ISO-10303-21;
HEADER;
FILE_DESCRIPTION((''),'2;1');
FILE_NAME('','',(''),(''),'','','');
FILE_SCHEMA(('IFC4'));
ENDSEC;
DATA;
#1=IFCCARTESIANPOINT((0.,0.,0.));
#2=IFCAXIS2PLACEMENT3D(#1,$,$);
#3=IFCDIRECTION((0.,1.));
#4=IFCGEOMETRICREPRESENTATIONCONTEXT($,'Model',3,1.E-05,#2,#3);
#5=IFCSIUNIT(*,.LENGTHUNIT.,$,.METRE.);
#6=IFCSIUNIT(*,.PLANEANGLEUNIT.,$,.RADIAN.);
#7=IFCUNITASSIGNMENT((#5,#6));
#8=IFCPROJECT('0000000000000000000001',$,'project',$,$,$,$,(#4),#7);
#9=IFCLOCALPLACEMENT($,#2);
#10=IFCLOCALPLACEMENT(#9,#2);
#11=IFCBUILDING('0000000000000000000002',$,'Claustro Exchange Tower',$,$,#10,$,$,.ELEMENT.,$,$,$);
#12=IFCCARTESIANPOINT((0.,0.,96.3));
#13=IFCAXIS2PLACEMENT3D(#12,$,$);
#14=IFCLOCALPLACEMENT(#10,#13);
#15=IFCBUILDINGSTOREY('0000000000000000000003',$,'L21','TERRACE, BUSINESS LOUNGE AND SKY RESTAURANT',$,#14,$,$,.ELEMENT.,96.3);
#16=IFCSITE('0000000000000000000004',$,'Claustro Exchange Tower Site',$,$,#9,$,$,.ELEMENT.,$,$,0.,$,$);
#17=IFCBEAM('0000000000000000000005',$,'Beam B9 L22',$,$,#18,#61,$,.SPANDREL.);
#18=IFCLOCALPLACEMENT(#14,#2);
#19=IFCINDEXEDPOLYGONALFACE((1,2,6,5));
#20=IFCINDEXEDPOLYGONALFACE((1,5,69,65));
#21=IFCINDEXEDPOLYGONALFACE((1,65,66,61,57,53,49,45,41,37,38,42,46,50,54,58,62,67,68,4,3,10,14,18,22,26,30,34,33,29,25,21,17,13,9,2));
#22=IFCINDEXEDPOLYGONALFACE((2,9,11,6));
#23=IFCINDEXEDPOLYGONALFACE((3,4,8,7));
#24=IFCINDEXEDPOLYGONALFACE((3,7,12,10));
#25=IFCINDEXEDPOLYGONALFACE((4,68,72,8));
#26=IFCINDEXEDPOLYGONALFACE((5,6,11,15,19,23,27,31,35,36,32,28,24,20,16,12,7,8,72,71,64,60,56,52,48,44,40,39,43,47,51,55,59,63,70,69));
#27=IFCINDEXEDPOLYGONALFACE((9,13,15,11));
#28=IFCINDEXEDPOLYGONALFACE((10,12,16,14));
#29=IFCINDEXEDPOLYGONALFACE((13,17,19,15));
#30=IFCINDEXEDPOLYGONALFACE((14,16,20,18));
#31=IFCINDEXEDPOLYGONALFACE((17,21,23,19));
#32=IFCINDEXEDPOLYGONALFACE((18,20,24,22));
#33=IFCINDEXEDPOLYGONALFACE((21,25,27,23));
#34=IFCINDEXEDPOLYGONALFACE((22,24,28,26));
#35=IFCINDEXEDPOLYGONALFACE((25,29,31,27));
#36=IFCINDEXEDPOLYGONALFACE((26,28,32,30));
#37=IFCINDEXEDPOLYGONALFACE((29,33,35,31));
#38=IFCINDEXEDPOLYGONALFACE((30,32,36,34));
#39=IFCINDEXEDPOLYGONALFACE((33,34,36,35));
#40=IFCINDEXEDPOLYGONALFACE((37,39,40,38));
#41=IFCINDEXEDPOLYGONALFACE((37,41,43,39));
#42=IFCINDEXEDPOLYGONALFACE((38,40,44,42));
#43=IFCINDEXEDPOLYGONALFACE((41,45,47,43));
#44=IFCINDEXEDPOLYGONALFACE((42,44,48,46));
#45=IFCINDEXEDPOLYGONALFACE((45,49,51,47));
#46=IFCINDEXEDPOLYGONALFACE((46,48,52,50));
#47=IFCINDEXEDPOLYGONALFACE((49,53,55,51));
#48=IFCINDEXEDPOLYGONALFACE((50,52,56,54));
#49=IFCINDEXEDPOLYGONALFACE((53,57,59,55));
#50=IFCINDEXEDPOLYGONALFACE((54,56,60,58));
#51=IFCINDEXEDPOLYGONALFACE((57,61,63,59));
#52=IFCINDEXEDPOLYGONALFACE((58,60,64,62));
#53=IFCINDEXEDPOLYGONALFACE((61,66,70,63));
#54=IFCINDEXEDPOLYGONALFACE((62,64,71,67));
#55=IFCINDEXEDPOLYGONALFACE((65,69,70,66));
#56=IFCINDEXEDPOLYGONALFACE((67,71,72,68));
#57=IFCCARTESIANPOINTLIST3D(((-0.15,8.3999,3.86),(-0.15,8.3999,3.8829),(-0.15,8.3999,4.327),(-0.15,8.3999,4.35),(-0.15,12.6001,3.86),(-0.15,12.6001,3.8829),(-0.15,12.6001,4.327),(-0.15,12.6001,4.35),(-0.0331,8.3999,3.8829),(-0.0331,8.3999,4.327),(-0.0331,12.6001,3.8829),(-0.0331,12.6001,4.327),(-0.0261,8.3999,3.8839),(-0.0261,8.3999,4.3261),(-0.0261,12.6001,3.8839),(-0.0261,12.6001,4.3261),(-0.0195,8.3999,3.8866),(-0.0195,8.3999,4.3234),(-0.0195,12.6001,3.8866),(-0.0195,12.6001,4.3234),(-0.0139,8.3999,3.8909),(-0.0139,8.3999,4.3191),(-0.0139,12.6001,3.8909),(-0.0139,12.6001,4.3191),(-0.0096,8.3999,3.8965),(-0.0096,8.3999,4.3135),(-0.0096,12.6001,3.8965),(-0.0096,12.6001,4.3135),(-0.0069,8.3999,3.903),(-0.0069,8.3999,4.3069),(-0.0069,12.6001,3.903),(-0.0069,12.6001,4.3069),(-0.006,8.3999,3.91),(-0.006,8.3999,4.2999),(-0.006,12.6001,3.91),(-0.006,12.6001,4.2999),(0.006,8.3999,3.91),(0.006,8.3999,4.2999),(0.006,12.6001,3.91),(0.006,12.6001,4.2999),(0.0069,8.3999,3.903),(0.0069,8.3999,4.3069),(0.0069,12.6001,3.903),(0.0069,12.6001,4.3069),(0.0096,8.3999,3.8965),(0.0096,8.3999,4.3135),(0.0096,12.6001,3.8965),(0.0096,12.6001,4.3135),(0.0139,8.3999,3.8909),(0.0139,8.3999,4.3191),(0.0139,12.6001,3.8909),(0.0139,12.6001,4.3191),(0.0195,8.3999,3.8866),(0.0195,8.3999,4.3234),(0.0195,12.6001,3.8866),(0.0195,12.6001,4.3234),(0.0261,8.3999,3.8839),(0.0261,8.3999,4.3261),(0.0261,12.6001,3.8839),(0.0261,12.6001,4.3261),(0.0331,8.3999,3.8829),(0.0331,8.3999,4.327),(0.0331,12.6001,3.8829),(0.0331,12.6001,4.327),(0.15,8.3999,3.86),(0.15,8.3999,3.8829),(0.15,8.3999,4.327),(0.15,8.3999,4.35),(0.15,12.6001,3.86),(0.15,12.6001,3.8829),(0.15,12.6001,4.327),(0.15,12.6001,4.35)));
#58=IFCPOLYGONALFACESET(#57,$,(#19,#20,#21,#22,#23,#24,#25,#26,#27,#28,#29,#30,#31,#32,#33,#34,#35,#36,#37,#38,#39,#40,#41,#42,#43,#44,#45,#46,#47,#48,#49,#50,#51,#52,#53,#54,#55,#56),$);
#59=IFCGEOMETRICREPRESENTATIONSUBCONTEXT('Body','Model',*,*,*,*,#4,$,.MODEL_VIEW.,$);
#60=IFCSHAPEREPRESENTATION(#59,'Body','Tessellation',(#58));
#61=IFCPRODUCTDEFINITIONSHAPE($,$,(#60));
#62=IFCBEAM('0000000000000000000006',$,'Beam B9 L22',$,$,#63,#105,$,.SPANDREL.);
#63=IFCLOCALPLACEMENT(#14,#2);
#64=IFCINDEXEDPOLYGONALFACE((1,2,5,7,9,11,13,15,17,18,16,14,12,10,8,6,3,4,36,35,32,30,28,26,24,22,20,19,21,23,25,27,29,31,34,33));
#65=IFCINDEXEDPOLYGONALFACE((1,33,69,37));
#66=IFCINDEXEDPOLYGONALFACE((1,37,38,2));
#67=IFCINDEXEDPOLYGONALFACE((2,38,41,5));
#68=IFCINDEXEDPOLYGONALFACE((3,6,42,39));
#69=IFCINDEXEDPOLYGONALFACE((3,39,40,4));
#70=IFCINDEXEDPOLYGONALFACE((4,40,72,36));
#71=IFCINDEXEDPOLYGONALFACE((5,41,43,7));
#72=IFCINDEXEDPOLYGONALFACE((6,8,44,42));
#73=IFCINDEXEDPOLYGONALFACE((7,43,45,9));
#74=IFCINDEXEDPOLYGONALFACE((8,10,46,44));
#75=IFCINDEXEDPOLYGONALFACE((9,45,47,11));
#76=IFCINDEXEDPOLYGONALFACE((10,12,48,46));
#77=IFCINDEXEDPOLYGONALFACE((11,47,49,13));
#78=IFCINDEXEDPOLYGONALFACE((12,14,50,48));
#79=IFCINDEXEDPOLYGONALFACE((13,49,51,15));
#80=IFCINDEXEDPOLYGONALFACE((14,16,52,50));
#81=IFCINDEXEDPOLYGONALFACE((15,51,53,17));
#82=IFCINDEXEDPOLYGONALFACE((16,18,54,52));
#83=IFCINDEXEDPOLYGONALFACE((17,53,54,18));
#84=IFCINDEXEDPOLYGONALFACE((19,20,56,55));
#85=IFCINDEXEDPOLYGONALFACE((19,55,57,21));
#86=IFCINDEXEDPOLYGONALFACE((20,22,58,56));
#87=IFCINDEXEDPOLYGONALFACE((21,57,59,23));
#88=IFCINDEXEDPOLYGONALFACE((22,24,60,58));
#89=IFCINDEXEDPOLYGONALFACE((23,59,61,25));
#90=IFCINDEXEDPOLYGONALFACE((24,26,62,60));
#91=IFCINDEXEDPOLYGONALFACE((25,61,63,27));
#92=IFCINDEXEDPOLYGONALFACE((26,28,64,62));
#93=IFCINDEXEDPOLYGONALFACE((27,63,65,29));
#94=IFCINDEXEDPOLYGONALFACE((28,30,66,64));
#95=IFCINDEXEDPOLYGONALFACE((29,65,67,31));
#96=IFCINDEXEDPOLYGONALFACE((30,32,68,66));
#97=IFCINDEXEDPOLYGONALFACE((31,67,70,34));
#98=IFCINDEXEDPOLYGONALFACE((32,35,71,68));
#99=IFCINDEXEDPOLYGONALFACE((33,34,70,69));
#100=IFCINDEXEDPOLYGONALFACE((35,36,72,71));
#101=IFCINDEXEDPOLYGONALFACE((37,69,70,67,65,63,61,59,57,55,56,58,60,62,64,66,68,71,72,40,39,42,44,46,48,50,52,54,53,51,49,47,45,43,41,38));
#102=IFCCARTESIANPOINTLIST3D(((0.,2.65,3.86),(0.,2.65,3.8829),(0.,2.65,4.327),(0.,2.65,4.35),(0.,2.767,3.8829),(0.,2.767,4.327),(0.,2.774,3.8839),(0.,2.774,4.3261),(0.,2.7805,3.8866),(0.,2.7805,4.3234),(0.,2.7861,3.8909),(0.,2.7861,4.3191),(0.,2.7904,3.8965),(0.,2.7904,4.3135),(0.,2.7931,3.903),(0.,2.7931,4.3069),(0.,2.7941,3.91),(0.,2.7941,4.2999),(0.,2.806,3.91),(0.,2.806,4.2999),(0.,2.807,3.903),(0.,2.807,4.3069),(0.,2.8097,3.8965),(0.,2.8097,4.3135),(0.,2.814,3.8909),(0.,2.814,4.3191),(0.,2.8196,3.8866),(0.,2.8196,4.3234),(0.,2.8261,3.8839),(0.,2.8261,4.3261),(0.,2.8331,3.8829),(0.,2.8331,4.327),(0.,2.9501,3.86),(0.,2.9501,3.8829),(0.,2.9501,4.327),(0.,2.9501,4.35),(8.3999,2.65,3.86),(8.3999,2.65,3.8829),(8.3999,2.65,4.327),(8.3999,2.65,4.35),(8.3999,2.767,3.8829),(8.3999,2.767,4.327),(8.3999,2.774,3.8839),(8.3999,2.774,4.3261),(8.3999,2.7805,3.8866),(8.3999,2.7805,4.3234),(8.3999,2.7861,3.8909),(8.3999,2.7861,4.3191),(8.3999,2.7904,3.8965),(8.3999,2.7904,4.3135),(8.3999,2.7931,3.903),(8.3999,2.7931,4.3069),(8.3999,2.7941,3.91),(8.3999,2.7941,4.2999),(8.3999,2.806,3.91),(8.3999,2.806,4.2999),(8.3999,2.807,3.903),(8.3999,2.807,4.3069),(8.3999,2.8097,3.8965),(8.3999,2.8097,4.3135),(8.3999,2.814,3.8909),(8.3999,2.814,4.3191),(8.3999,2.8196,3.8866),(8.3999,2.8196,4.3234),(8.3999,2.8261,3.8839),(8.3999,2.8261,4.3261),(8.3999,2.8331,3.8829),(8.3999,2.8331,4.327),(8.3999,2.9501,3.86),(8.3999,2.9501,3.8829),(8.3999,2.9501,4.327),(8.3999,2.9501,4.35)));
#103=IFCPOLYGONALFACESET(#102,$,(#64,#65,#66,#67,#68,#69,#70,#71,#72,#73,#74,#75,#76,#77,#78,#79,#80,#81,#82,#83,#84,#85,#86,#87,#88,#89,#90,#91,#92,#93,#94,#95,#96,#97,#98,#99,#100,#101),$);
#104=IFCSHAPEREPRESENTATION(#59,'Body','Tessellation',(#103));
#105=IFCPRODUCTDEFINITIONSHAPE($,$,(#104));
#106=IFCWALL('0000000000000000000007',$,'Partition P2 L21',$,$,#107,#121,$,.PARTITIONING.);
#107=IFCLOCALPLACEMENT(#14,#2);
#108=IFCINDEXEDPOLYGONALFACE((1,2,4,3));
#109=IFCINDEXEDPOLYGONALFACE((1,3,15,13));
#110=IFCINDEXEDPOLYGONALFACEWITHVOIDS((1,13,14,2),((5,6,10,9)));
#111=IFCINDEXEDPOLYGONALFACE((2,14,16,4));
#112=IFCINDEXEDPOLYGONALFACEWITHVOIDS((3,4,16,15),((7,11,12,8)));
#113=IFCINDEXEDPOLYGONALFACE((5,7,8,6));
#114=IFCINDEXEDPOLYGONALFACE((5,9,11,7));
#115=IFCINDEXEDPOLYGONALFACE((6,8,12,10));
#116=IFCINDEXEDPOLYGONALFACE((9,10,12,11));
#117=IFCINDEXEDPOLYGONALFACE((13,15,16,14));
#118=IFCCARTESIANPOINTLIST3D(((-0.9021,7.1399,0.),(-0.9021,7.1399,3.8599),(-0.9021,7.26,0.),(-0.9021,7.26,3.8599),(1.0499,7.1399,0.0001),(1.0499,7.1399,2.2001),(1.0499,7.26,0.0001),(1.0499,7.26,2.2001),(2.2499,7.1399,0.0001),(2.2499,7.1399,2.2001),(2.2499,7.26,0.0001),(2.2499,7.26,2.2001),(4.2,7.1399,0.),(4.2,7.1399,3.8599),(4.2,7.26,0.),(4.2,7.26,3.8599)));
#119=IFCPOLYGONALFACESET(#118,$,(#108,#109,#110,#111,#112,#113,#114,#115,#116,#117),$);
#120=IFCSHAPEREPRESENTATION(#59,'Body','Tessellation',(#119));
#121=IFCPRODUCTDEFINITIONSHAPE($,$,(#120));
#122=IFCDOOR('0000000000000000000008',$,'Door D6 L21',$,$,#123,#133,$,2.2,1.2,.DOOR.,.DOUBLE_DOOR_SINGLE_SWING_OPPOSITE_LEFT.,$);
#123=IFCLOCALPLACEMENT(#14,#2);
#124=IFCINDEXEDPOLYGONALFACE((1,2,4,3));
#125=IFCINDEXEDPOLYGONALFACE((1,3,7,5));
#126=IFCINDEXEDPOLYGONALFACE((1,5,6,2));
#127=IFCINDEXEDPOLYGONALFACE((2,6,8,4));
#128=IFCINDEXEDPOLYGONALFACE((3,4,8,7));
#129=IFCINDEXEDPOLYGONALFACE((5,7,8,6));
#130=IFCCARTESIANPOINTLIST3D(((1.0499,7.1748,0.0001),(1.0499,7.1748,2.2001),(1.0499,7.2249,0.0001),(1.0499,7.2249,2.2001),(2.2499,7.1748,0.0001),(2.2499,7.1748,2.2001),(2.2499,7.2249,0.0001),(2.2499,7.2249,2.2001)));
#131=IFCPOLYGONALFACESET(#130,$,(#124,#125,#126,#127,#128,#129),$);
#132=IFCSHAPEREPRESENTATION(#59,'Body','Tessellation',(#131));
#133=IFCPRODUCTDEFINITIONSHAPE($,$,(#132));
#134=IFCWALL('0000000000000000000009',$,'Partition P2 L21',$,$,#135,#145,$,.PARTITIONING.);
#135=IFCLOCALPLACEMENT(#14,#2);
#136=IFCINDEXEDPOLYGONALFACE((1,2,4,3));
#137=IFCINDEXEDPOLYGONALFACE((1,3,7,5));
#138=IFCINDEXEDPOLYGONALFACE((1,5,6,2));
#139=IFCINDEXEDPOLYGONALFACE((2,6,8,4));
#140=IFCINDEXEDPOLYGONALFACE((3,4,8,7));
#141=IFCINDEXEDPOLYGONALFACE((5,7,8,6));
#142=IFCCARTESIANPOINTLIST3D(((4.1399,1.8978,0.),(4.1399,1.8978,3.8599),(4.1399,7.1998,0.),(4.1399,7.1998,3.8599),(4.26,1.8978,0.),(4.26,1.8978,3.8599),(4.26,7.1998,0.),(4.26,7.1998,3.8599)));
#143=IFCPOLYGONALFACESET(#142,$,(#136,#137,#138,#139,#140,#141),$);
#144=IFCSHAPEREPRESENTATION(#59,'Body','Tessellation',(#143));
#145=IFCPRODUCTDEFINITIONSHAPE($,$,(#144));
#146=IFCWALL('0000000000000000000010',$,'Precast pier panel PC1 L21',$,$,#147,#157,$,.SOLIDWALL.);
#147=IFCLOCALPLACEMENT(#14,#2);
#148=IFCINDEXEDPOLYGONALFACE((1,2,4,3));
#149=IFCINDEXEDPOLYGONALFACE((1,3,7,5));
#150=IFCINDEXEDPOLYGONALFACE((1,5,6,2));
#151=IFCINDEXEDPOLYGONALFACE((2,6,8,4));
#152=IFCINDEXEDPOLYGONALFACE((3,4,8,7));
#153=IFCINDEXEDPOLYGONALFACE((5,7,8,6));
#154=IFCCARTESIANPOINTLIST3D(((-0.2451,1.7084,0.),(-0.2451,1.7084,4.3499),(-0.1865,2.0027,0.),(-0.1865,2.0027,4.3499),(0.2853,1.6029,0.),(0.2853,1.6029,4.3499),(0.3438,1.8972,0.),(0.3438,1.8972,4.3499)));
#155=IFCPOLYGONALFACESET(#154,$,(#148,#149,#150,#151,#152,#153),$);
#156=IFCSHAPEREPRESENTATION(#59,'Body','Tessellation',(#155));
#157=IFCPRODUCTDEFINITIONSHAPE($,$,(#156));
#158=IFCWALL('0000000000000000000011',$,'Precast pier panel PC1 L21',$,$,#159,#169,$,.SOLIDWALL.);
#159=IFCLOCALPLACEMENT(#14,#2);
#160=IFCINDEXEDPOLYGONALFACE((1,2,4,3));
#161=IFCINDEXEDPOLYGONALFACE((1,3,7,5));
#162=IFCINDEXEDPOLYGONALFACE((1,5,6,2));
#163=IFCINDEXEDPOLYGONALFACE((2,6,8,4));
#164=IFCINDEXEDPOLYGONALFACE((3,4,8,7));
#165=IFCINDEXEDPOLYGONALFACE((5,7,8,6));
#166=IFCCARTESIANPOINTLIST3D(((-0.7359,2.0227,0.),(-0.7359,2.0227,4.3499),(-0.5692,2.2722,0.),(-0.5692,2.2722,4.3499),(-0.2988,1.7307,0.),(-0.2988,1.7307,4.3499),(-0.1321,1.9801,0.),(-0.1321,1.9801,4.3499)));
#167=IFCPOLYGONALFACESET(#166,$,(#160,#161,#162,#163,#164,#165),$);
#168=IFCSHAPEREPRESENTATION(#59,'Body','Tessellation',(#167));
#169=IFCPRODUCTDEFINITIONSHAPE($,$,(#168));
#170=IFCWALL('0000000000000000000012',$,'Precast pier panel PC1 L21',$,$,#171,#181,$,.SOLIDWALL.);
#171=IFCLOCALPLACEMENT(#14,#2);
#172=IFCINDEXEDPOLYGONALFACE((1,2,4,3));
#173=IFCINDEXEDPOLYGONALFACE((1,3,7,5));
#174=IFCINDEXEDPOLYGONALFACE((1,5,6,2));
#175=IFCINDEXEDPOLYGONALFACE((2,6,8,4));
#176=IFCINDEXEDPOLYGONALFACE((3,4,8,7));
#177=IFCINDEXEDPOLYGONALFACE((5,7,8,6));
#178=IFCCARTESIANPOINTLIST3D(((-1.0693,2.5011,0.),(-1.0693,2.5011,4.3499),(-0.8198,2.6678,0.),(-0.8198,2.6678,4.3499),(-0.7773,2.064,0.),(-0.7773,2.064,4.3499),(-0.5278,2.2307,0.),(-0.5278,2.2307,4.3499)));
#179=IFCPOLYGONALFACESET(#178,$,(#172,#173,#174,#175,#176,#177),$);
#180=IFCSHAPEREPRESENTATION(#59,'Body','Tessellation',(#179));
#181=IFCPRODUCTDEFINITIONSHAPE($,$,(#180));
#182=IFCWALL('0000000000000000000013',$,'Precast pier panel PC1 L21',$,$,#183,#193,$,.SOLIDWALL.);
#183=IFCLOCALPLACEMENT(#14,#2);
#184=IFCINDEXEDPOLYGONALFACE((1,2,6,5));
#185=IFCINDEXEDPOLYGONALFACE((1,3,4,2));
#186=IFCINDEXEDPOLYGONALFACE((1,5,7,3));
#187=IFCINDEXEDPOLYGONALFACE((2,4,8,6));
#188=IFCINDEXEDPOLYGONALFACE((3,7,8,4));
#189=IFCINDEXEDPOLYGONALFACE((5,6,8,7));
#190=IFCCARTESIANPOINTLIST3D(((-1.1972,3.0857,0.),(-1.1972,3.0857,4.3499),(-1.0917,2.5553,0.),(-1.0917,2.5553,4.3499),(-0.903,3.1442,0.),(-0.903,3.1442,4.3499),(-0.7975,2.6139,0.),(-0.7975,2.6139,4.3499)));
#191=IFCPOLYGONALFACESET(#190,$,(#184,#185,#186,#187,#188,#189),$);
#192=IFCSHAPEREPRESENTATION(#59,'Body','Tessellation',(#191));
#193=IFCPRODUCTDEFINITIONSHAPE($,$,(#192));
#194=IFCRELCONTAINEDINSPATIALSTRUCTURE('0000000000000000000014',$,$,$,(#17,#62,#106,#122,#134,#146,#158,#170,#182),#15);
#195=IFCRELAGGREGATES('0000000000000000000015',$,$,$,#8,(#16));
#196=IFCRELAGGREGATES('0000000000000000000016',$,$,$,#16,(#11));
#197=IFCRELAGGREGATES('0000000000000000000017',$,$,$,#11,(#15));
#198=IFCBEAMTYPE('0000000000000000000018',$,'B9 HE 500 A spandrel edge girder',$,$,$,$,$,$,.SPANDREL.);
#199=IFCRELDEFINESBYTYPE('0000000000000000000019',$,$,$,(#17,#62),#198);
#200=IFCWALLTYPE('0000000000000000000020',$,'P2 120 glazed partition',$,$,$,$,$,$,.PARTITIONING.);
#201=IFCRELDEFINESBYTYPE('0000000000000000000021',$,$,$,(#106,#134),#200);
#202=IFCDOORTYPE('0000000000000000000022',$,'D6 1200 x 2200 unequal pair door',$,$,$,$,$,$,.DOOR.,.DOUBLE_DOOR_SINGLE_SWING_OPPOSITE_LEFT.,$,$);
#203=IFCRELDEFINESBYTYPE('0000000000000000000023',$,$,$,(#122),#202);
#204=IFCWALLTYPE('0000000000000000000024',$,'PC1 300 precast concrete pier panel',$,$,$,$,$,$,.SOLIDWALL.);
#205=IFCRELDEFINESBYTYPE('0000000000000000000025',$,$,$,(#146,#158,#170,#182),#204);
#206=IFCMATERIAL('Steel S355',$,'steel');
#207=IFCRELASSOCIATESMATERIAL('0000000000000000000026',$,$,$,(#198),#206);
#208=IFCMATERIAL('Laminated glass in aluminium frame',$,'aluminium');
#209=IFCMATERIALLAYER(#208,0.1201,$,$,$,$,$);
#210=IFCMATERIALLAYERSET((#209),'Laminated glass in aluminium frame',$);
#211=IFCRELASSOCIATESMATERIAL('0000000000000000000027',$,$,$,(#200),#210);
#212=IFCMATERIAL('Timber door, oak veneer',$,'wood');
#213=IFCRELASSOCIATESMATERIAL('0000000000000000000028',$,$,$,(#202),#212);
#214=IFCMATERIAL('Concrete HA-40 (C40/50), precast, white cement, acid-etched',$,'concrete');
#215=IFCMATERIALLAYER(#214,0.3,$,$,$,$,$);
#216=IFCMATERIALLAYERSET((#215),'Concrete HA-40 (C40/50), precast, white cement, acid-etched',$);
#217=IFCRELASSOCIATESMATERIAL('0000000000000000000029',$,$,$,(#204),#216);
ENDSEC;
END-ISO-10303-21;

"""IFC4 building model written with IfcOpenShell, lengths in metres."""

from ifc_helpers import new_model, si_unit, direction, frame, frame_2d, origin, origin_2d, place, context, subcontext, project, spatial, rectangle, i_section, extrude, material, layer, layer_set, material_profile, profile_set, type_object, element, fill, save


model = new_model("IFC4")

# Units and contexts
model_context = context("Model", 3, precision=1e-05, world=origin(), true_north=direction((0.0, 1.0)))
body_context = subcontext(model_context, "Body", "Model", "MODEL_VIEW")
ifc_project = project(units=[si_unit("LENGTHUNIT", "METRE"), si_unit("PLANEANGLEUNIT", "RADIAN")], contexts=[model_context])

# Site, building, storey
site_placement = place(None, origin())
site = spatial("IfcSite", under=ifc_project, at=site_placement, Name="Claustro Exchange Tower Site", CompositionType="ELEMENT", RefElevation=0.0)
building_placement = place(site_placement, origin())
building = spatial("IfcBuilding", under=site, at=building_placement, Name="Claustro Exchange Tower", CompositionType="ELEMENT")
storey_placement = place(building_placement, frame((0.0, 0.0, 96.3)))
storey = spatial("IfcBuildingStorey", under=building, at=storey_placement, Name="L21", Description="TERRACE, BUSINESS LOUNGE AND SKY RESTAURANT", CompositionType="ELEMENT", Elevation=96.3)

# Beams
ifc_material_1 = material(Name="Steel S355", Category="steel")
ifc_material_profile_1 = material_profile(ifc_material_1, i_section(OverallWidth=0.3, OverallDepth=0.49, WebThickness=0.012, FlangeThickness=0.0229, FilletRadius=0.0271, at=origin_2d()), Name="HE 500 A")
ifc_profile_set_1 = profile_set([ifc_material_profile_1], Name="Steel S355")
beam_type_1 = type_object("IfcBeamType", Name="B9 HE 500 A spandrel edge girder", PredefinedType="SPANDREL", material=ifc_profile_set_1)
beam_1_placement = place(storey_placement, frame((0.0, 8.3999, 4.105), z_axis=(0.0, 1.0, 0.0), x_axis=(-1.0, 0.0, 0.0)))
element("IfcBeam", 1, at=beam_1_placement, inside=storey, type_object=beam_type_1, Name="Beam B9 L22", PredefinedType="SPANDREL", context=body_context, shape_type="SweptSolid", body=[
    extrude(i_section(OverallWidth=0.3, OverallDepth=0.49, WebThickness=0.012, FlangeThickness=0.0229, FilletRadius=0.0271, at=origin_2d()), origin(), (0.0, 0.0, 1.0), 4.2002),
])
beam_2_placement = place(storey_placement, frame((0.0, 2.8, 4.105), z_axis=(1.0, 0.0, 0.0), x_axis=(0.0, 1.0, 0.0)))
element("IfcBeam", 2, at=beam_2_placement, inside=storey, type_object=beam_type_1, Name="Beam B9 L22", PredefinedType="SPANDREL", context=body_context, shape_type="SweptSolid", body=[
    extrude(i_section(OverallWidth=0.3, OverallDepth=0.49, WebThickness=0.012, FlangeThickness=0.0229, FilletRadius=0.0271, at=origin_2d()), origin(), (0.0, 0.0, 1.0), 8.3999),
])

# Wall, opening, door
ifc_material_2 = material(Name="Laminated glass in aluminium frame", Category="aluminium")
ifc_layer_1 = layer(ifc_material_2, 0.1201)
ifc_layer_set_1 = layer_set([ifc_layer_1], Name="Laminated glass in aluminium frame")
wall_type_1 = type_object("IfcWallType", Name="P2 120 glazed partition", PredefinedType="PARTITIONING", material=ifc_layer_set_1)
wall_1_placement = place(storey_placement, frame((-0.9021, 7.2, 0.0), z_axis=(0.0, 0.0, 1.0), x_axis=(1.0, 0.0, 0.0)))
wall_1 = element("IfcWall", 3, at=wall_1_placement, inside=storey, type_object=wall_type_1, Name="Partition P2 L21", PredefinedType="PARTITIONING", context=body_context, shape_type="SweptSolid", body=[
    extrude(rectangle(XDim=5.1021, YDim=0.1201, at=frame_2d((2.551, 0.0))), origin(), (0.0, 0.0, 1.0), 3.8599),
])
opening_1_placement = place(wall_1_placement, frame((1.9519, 0.0, 0.0)))
opening_1 = element("IfcOpeningElement", 4, at=opening_1_placement, cuts=wall_1, PredefinedType="OPENING", context=body_context, shape_type="SweptSolid", body=[
    extrude(rectangle(XDim=1.2, YDim=2.2, at=frame_2d((0.6001, 1.1001))), frame((0.0, 0.0701, 0.0), z_axis=(0.0, -1.0, 0.0), x_axis=(1.0, 0.0, 0.0)), (0.0, 0.0, 1.0), 0.1401),
])
ifc_material_3 = material(Name="Timber door, oak veneer", Category="wood")
door_type_1 = type_object("IfcDoorType", Name="D6 1200 x 2200 unequal pair door", OperationType="DOUBLE_DOOR_SINGLE_SWING_OPPOSITE_LEFT", PredefinedType="DOOR", material=ifc_material_3)
door_1_placement = place(opening_1_placement, origin())
door_1 = element("IfcDoor", 5, at=door_1_placement, inside=storey, type_object=door_type_1, Name="Door D6 L21", OperationType="DOUBLE_DOOR_SINGLE_SWING_OPPOSITE_LEFT", OverallHeight=2.2, OverallWidth=1.2, PredefinedType="DOOR", context=body_context, shape_type="SweptSolid", body=[
    extrude(rectangle(XDim=1.2, YDim=2.2, at=frame_2d((0.6001, 1.1001))), frame((0.0, 0.0249, 0.0), z_axis=(0.0, -1.0, 0.0), x_axis=(1.0, 0.0, 0.0)), (0.0, 0.0, 1.0), 0.05),
])
fill(opening_1, door_1)

# Walls
wall_2_placement = place(storey_placement, frame((4.2, 1.8979, 0.0), z_axis=(0.0, 0.0, 1.0), x_axis=(0.0, 1.0, 0.0)))
element("IfcWall", 6, at=wall_2_placement, inside=storey, type_object=wall_type_1, Name="Partition P2 L21", PredefinedType="PARTITIONING", context=body_context, shape_type="SweptSolid", body=[
    extrude(rectangle(XDim=5.302, YDim=0.1201, at=frame_2d((2.6509, 0.0))), origin(), (0.0, 0.0, 1.0), 3.8599),
])
ifc_material_4 = material(Name="Concrete HA-40 (C40/50), precast, white cement, acid-etched", Category="concrete")
ifc_layer_2 = layer(ifc_material_4, 0.3)
ifc_layer_set_2 = layer_set([ifc_layer_2], Name="Concrete HA-40 (C40/50), precast, white cement, acid-etched")
wall_type_2 = type_object("IfcWallType", Name="PC1 300 precast concrete pier panel", PredefinedType="SOLIDWALL", material=ifc_layer_set_2)
wall_3_placement = place(storey_placement, frame((0.3147, 1.75, 0.0), z_axis=(0.0, 0.0, 1.0), x_axis=(-0.980789, 0.195074, 0.0)))
element("IfcWall", 7, at=wall_3_placement, inside=storey, type_object=wall_type_2, Name="Precast pier panel PC1 L21", PredefinedType="SOLIDWALL", context=body_context, shape_type="SweptSolid", body=[
    extrude(rectangle(XDim=0.5408, YDim=0.3, at=frame_2d((0.2705, 0.0))), origin(), (0.0, 0.0, 1.0), 4.3499),
])
for number, where, z_axis, x_axis, name in (
    (8, (-0.2156, 1.8555, 0.0), (0.0, 0.0, 1.0), (-0.831478, 0.555557, 0.0), "Precast pier panel PC1 L21"),
    (9, (-0.6526, 2.1475, 0.0), (0.0, 0.0, 1.0), (-0.555557, 0.831478, 0.0), "Precast pier panel PC1 L21"),
):
    element("IfcWall", number, at=place(storey_placement, frame(where, z_axis=z_axis, x_axis=x_axis)), inside=storey, type_object=wall_type_2, Name=name, PredefinedType="SOLIDWALL", context=body_context, shape_type="SweptSolid", body=[
        extrude(rectangle(XDim=0.5256, YDim=0.3, at=frame_2d((0.2627, 0.0))), origin(), (0.0, 0.0, 1.0), 4.3499),
    ])
wall_4_placement = place(storey_placement, frame((-0.9446, 2.5845, 0.0), z_axis=(0.0, 0.0, 1.0), x_axis=(-0.195074, 0.980789, 0.0)))
element("IfcWall", 10, at=wall_4_placement, inside=storey, type_object=wall_type_2, Name="Precast pier panel PC1 L21", PredefinedType="SOLIDWALL", context=body_context, shape_type="SweptSolid", body=[
    extrude(rectangle(XDim=0.5408, YDim=0.3, at=frame_2d((0.2705, 0.0))), origin(), (0.0, 0.0, 1.0), 4.3499),
])

save(model, "model.ifc")
